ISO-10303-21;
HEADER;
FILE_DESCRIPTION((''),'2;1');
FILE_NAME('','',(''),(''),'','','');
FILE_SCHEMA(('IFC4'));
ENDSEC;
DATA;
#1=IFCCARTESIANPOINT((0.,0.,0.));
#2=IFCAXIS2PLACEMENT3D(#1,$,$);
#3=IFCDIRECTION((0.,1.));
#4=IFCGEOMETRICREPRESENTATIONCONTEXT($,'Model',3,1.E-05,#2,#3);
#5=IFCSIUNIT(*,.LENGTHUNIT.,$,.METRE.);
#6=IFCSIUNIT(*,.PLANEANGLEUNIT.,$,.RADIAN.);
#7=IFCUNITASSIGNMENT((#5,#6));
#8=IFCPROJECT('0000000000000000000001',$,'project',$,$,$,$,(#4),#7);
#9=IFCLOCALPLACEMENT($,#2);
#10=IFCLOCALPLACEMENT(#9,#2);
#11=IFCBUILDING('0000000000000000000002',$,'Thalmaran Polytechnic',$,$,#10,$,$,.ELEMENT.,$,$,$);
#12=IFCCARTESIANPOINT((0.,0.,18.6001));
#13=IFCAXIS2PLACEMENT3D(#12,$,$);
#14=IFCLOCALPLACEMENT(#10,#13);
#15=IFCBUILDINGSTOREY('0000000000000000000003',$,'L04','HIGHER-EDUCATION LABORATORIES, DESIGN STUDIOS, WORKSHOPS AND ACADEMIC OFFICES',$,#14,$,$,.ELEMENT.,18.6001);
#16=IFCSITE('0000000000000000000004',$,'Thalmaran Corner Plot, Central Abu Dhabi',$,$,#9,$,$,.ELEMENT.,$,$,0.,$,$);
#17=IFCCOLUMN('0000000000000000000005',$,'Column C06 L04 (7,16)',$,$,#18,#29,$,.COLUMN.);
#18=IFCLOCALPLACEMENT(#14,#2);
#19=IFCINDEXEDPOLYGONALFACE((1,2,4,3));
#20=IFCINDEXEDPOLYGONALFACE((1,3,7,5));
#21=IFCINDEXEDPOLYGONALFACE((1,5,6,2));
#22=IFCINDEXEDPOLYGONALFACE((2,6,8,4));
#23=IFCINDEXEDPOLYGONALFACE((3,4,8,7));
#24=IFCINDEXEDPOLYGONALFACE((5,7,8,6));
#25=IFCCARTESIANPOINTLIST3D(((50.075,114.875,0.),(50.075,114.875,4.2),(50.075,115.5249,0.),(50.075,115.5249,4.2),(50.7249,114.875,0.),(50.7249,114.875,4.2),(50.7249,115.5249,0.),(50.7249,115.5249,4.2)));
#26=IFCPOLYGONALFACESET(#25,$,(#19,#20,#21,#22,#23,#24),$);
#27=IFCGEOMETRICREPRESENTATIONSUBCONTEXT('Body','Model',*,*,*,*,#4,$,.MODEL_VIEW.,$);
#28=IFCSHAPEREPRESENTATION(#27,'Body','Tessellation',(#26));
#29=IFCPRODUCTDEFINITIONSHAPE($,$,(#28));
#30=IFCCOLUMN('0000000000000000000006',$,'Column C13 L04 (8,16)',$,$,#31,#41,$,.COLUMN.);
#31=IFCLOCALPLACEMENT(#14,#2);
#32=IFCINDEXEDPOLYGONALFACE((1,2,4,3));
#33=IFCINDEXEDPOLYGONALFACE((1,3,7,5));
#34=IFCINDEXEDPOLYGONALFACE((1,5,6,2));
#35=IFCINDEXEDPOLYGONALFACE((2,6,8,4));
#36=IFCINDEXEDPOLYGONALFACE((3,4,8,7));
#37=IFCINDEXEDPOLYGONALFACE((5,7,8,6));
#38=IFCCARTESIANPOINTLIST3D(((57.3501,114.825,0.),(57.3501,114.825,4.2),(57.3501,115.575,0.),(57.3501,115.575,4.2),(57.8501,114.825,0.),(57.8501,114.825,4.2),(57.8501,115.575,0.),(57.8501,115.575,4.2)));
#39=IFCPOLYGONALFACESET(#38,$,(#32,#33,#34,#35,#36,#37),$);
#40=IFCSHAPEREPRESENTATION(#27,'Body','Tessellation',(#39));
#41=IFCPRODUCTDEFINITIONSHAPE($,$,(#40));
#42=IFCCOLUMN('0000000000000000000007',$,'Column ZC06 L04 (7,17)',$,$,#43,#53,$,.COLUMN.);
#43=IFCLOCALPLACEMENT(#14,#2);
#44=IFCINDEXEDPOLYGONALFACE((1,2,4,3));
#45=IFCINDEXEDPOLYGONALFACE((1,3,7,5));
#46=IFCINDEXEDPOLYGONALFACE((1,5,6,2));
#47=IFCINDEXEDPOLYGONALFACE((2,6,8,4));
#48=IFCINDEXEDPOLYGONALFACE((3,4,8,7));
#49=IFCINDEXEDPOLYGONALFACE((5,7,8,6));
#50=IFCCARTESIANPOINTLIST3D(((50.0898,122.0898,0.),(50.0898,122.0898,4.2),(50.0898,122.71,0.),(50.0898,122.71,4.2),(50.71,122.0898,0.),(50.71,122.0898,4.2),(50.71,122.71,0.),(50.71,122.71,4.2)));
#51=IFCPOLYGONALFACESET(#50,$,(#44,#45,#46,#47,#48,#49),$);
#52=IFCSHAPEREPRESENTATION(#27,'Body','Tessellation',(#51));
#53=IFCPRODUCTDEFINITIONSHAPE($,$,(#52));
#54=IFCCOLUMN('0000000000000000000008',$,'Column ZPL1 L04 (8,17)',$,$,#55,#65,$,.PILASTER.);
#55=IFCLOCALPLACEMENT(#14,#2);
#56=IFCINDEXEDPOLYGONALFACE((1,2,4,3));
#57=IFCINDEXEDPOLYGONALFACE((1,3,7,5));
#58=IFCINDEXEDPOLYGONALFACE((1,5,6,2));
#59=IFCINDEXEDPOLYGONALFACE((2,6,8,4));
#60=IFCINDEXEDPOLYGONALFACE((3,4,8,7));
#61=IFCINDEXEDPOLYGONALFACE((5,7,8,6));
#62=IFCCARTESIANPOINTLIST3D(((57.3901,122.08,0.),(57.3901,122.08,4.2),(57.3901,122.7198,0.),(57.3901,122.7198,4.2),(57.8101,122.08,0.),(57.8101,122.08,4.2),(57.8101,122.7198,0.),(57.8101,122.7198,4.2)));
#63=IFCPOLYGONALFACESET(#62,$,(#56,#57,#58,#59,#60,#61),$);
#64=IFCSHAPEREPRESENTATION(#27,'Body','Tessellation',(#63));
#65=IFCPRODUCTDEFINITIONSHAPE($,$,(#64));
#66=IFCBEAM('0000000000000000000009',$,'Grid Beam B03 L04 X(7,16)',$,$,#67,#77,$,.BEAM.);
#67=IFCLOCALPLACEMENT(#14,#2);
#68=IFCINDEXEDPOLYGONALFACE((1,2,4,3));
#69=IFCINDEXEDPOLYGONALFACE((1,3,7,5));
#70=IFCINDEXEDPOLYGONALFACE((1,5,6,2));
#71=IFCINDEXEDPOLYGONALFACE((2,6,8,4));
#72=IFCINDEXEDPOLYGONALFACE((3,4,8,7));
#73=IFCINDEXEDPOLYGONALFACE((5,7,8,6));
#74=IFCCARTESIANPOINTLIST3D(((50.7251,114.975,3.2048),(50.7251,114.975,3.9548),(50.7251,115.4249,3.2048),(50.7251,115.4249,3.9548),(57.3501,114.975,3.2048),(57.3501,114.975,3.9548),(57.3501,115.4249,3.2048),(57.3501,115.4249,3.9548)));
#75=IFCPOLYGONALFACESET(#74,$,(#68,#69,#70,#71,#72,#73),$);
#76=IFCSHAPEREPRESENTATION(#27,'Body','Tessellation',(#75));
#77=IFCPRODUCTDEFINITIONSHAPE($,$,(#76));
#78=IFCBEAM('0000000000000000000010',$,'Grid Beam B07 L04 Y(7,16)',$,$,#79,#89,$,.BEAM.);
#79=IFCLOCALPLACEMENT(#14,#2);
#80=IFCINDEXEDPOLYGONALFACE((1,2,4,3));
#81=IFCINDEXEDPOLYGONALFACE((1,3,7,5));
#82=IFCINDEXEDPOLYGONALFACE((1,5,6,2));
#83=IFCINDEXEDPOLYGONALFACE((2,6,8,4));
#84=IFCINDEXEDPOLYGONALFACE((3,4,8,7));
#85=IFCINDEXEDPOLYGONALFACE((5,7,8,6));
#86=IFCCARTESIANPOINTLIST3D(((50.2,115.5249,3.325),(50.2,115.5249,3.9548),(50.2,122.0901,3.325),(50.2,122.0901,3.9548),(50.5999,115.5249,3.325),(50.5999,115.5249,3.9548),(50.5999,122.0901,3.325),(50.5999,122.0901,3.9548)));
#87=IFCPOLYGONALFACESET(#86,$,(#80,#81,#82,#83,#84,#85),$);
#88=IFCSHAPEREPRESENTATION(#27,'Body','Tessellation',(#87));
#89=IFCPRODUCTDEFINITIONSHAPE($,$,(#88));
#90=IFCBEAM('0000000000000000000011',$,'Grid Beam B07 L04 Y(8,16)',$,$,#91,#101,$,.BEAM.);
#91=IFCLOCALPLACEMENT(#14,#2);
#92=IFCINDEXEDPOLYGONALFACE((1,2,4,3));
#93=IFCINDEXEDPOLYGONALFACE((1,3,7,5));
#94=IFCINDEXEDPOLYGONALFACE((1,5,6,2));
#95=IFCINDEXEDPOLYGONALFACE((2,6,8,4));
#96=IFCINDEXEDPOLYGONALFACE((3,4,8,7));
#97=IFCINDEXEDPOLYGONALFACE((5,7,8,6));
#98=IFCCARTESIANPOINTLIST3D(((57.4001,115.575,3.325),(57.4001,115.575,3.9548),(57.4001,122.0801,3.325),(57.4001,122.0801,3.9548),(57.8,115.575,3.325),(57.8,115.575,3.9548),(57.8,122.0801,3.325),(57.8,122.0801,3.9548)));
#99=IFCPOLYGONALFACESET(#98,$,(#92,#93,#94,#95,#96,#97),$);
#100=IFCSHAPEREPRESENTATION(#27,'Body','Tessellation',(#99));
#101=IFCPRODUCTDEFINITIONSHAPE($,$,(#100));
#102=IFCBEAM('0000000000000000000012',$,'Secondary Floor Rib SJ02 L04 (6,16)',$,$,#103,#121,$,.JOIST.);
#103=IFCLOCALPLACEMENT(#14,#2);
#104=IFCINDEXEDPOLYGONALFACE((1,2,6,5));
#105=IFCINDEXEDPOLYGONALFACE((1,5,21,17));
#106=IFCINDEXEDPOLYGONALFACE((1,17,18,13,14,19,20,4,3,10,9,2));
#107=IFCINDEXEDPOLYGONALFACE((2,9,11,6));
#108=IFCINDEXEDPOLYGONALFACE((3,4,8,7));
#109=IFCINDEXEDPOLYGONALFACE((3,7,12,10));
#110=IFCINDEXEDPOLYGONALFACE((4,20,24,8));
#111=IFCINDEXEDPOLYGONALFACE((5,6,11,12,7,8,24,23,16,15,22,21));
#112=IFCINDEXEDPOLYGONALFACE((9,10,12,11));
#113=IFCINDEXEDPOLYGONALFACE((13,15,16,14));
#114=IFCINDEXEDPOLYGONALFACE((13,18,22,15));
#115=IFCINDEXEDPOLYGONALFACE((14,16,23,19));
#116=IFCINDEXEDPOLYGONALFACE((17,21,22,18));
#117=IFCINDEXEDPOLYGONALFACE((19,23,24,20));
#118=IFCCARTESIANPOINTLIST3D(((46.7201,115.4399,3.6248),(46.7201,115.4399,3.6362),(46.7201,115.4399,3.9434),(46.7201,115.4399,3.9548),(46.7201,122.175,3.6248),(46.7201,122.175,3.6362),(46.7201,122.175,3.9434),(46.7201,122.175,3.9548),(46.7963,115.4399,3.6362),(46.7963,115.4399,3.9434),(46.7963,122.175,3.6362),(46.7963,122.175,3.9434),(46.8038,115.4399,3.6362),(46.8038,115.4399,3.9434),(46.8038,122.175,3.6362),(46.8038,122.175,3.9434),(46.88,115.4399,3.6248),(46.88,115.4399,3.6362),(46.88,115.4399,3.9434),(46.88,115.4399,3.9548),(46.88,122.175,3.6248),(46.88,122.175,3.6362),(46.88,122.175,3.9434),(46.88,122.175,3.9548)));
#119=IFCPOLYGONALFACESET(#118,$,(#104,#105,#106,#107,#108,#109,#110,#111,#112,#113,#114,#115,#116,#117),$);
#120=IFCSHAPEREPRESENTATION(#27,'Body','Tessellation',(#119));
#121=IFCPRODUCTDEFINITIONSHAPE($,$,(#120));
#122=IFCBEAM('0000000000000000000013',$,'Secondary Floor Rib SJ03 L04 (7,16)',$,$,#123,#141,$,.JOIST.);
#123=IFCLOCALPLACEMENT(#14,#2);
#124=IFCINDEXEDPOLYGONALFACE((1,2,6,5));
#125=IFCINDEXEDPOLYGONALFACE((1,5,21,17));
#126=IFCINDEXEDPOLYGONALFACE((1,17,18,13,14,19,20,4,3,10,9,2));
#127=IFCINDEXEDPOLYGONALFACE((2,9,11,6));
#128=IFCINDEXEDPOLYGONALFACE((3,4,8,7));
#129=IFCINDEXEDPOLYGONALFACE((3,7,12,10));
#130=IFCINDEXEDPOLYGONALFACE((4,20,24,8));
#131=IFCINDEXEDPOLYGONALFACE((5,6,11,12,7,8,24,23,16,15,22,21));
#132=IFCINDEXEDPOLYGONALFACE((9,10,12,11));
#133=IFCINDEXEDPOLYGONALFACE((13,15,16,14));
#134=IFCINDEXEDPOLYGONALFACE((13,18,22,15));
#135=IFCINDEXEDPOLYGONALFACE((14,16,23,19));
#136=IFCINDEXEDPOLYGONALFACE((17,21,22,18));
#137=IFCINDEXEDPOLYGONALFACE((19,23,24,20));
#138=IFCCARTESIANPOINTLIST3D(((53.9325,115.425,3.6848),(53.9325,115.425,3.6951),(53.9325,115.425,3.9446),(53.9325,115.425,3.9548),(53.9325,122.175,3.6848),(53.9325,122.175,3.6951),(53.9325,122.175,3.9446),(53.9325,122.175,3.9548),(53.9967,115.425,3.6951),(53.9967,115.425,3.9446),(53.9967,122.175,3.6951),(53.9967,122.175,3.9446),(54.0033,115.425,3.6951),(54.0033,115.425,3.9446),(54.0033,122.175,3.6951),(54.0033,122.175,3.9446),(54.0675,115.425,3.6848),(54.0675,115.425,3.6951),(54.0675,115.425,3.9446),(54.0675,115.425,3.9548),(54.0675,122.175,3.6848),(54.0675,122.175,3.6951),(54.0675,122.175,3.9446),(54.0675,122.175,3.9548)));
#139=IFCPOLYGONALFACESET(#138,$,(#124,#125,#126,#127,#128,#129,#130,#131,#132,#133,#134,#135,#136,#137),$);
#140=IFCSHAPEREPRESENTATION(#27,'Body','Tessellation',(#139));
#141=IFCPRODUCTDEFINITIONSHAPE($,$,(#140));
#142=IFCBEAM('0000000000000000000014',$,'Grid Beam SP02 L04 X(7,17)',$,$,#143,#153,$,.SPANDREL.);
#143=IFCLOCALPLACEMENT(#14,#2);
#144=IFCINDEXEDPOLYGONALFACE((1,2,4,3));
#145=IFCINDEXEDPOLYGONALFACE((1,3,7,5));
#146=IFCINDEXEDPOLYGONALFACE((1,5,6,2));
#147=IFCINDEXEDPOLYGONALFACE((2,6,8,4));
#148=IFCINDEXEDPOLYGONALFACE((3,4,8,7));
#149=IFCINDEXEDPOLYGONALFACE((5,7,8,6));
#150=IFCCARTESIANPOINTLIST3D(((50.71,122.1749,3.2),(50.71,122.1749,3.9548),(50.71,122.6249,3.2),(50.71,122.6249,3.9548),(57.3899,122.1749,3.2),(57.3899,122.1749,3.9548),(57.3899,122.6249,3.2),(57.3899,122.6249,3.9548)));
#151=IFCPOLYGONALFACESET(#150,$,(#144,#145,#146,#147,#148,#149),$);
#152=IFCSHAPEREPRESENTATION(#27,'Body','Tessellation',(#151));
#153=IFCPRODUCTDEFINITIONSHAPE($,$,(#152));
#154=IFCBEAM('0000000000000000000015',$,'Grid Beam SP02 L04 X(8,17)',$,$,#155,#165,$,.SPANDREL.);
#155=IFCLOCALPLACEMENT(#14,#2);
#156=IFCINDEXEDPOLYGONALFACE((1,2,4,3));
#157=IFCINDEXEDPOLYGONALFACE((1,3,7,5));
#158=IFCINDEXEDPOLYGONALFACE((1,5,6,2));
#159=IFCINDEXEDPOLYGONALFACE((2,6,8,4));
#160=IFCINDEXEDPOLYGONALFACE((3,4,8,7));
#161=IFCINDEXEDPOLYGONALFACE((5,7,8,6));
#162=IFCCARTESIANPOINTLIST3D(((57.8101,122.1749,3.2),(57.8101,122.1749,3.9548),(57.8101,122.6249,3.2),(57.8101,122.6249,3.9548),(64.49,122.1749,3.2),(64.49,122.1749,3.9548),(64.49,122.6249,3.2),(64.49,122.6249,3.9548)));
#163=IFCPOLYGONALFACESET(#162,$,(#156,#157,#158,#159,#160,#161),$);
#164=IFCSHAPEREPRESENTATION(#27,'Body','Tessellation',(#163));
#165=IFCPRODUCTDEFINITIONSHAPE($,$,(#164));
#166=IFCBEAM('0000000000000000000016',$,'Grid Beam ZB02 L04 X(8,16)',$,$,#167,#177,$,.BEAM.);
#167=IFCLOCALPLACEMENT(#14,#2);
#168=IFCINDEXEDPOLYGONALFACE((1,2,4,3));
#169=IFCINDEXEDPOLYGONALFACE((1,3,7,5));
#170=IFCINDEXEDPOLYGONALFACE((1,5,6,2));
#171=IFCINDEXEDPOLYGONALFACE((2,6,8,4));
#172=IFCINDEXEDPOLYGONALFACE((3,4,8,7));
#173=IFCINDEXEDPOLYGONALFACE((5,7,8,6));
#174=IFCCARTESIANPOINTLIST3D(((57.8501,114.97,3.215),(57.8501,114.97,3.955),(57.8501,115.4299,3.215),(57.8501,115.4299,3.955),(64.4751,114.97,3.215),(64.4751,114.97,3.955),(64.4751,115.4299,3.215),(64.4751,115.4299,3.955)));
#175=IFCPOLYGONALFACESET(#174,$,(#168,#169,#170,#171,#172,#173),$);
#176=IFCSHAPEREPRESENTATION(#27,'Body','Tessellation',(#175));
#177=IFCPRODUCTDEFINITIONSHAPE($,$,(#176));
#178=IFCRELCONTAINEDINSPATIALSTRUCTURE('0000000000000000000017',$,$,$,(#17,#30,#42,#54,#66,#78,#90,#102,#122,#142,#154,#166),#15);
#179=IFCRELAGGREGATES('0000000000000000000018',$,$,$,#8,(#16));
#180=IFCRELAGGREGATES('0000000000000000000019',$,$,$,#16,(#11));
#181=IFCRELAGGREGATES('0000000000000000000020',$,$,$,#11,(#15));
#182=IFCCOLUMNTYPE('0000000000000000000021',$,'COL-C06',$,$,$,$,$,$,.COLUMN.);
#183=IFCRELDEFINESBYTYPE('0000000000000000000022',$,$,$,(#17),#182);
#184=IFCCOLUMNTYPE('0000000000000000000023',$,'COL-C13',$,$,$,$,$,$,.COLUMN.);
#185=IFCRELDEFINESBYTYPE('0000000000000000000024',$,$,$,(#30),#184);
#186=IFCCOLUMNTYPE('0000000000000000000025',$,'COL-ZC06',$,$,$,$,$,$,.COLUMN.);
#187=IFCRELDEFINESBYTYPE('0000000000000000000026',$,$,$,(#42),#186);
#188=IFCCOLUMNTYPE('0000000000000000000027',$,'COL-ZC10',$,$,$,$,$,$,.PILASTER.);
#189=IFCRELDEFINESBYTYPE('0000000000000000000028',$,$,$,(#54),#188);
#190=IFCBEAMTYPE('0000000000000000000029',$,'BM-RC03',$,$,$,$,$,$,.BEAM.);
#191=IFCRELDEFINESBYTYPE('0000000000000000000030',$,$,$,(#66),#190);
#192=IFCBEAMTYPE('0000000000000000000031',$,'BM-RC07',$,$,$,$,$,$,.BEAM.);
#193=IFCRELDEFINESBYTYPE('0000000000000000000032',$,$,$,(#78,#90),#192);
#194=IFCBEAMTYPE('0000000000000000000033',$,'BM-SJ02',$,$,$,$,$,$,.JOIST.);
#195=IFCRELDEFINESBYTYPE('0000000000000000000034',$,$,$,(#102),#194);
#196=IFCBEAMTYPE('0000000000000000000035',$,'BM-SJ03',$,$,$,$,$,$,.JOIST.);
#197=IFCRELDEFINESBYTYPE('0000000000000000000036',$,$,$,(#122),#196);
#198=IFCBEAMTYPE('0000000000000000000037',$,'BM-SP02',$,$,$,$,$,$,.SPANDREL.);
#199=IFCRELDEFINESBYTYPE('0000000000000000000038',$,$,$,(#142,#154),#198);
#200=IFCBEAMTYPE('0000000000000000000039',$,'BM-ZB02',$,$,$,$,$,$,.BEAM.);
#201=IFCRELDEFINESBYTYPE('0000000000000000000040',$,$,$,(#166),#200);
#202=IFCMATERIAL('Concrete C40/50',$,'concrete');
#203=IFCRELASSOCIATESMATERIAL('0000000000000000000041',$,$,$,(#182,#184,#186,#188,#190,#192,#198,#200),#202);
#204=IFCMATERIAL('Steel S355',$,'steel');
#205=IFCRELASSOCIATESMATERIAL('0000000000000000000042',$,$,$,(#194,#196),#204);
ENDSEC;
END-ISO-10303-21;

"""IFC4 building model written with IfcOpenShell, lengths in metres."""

from ifc_helpers import new_model, si_unit, direction, frame, origin, origin_2d, place, context, subcontext, project, spatial, rectangle, i_section, extrude, material, material_profile, profile_set, type_object, element, save


model = new_model("IFC4")

# Units and contexts
model_context = context("Model", 3, precision=1e-05, world=origin(), true_north=direction((0.0, 1.0)))
body_context = subcontext(model_context, "Body", "Model", "MODEL_VIEW")
ifc_project = project(units=[si_unit("LENGTHUNIT", "METRE"), si_unit("PLANEANGLEUNIT", "RADIAN")], contexts=[model_context])

# Site, building, storey
site_placement = place(None, origin())
site = spatial("IfcSite", under=ifc_project, at=site_placement, Name="Thalmaran Corner Plot, Central Abu Dhabi", CompositionType="ELEMENT", RefElevation=0.0)
building_placement = place(site_placement, origin())
building = spatial("IfcBuilding", under=site, at=building_placement, Name="Thalmaran Polytechnic", CompositionType="ELEMENT")
storey_placement = place(building_placement, frame((0.0, 0.0, 18.6001)))
storey = spatial("IfcBuildingStorey", under=building, at=storey_placement, Name="L04", Description="HIGHER-EDUCATION LABORATORIES, DESIGN STUDIOS, WORKSHOPS AND ACADEMIC OFFICES", CompositionType="ELEMENT", Elevation=18.6001)

# Columns
ifc_material_1 = material(Name="Concrete C40/50", Category="concrete")
ifc_material_profile_1 = material_profile(ifc_material_1, rectangle(XDim=0.6499, YDim=0.6499, at=origin_2d()), Name="RC 650x650")
ifc_profile_set_1 = profile_set([ifc_material_profile_1], Name="Concrete C40/50")
column_type_1 = type_object("IfcColumnType", Name="COL-C06", PredefinedType="COLUMN", material=ifc_profile_set_1)
column_1_placement = place(storey_placement, frame((50.3999, 115.2, 0.0), z_axis=(0.0, 0.0, 1.0), x_axis=(1.0, 0.0, 0.0)))
element("IfcColumn", 1, at=column_1_placement, inside=storey, type_object=column_type_1, Name="Column C06 L04 (7,16)", PredefinedType="COLUMN", context=body_context, shape_type="SweptSolid", body=[
    extrude(rectangle(XDim=0.6499, YDim=0.6499, at=origin_2d()), origin(), (0.0, 0.0, 1.0), 4.2),
])
ifc_material_profile_2 = material_profile(ifc_material_1, rectangle(XDim=0.5, YDim=0.75, at=origin_2d()), Name="RC 500x750")
ifc_profile_set_2 = profile_set([ifc_material_profile_2], Name="Concrete C40/50")
column_type_2 = type_object("IfcColumnType", Name="COL-C13", PredefinedType="COLUMN", material=ifc_profile_set_2)
column_2_placement = place(storey_placement, frame((57.6001, 115.2, 0.0), z_axis=(0.0, 0.0, 1.0), x_axis=(1.0, 0.0, 0.0)))
element("IfcColumn", 2, at=column_2_placement, inside=storey, type_object=column_type_2, Name="Column C13 L04 (8,16)", PredefinedType="COLUMN", context=body_context, shape_type="SweptSolid", body=[
    extrude(rectangle(XDim=0.5, YDim=0.75, at=origin_2d()), origin(), (0.0, 0.0, 1.0), 4.2),
])
ifc_material_profile_3 = material_profile(ifc_material_1, rectangle(XDim=0.6201, YDim=0.6201, at=origin_2d()), Name="RC 620x620")
ifc_profile_set_3 = profile_set([ifc_material_profile_3], Name="Concrete C40/50")
column_type_3 = type_object("IfcColumnType", Name="COL-ZC06", PredefinedType="COLUMN", material=ifc_profile_set_3)
column_3_placement = place(storey_placement, frame((50.3999, 122.3999, 0.0), z_axis=(0.0, 0.0, 1.0), x_axis=(1.0, 0.0, 0.0)))
element("IfcColumn", 3, at=column_3_placement, inside=storey, type_object=column_type_3, Name="Column ZC06 L04 (7,17)", PredefinedType="COLUMN", context=body_context, shape_type="SweptSolid", body=[
    extrude(rectangle(XDim=0.6201, YDim=0.6201, at=origin_2d()), origin(), (0.0, 0.0, 1.0), 4.2),
])
ifc_material_profile_4 = material_profile(ifc_material_1, rectangle(XDim=0.4199, YDim=0.6399, at=origin_2d()), Name="RC 420x640")
ifc_profile_set_4 = profile_set([ifc_material_profile_4], Name="Concrete C40/50")
column_type_4 = type_object("IfcColumnType", Name="COL-ZC10", PredefinedType="PILASTER", material=ifc_profile_set_4)
column_4_placement = place(storey_placement, frame((57.6001, 122.3999, 0.0), z_axis=(0.0, 0.0, 1.0), x_axis=(1.0, 0.0, 0.0)))
element("IfcColumn", 4, at=column_4_placement, inside=storey, type_object=column_type_4, Name="Column ZPL1 L04 (8,17)", PredefinedType="PILASTER", context=body_context, shape_type="SweptSolid", body=[
    extrude(rectangle(XDim=0.4199, YDim=0.6399, at=origin_2d()), origin(), (0.0, 0.0, 1.0), 4.2),
])

# Beams
ifc_material_profile_5 = material_profile(ifc_material_1, rectangle(XDim=0.45, YDim=0.75, at=origin_2d()), Name="RC 450x750")
ifc_profile_set_5 = profile_set([ifc_material_profile_5], Name="Concrete C40/50")
beam_type_1 = type_object("IfcBeamType", Name="BM-RC03", PredefinedType="BEAM", material=ifc_profile_set_5)
beam_1_placement = place(storey_placement, frame((50.7251, 115.2, 3.5798), z_axis=(1.0, 0.0, 0.0), x_axis=(0.0, 1.0, 0.0)))
element("IfcBeam", 5, at=beam_1_placement, inside=storey, type_object=beam_type_1, Name="Grid Beam B03 L04 X(7,16)", PredefinedType="BEAM", context=body_context, shape_type="SweptSolid", body=[
    extrude(rectangle(XDim=0.45, YDim=0.75, at=origin_2d()), origin(), (0.0, 0.0, 1.0), 6.625),
])
ifc_material_profile_6 = material_profile(ifc_material_1, rectangle(XDim=0.3999, YDim=0.6299, at=origin_2d()), Name="RC 400x630")
ifc_profile_set_6 = profile_set([ifc_material_profile_6], Name="Concrete C40/50")
beam_type_2 = type_object("IfcBeamType", Name="BM-RC07", PredefinedType="BEAM", material=ifc_profile_set_6)
beam_2_placement = place(storey_placement, frame((50.3999, 115.5249, 3.6399), z_axis=(0.0, 1.0, 0.0), x_axis=(-1.0, 0.0, 0.0)))
element("IfcBeam", 6, at=beam_2_placement, inside=storey, type_object=beam_type_2, Name="Grid Beam B07 L04 Y(7,16)", PredefinedType="BEAM", context=body_context, shape_type="SweptSolid", body=[
    extrude(rectangle(XDim=0.3999, YDim=0.6299, at=origin_2d()), origin(), (0.0, 0.0, 1.0), 6.5652),
])
beam_3_placement = place(storey_placement, frame((57.6001, 115.575, 3.6399), z_axis=(0.0, 1.0, 0.0), x_axis=(-1.0, 0.0, 0.0)))
element("IfcBeam", 7, at=beam_3_placement, inside=storey, type_object=beam_type_2, Name="Grid Beam B07 L04 Y(8,16)", PredefinedType="BEAM", context=body_context, shape_type="SweptSolid", body=[
    extrude(rectangle(XDim=0.3999, YDim=0.6299, at=origin_2d()), origin(), (0.0, 0.0, 1.0), 6.5051),
])
ifc_material_2 = material(Name="Steel S355", Category="steel")
ifc_material_profile_7 = material_profile(ifc_material_2, i_section(OverallWidth=0.1599, OverallDepth=0.3301, WebThickness=0.0076, FlangeThickness=0.0115, at=origin_2d()), Name="IPE 330")
ifc_profile_set_7 = profile_set([ifc_material_profile_7], Name="Steel S355")
beam_type_3 = type_object("IfcBeamType", Name="BM-SJ02", PredefinedType="JOIST", material=ifc_profile_set_7)
beam_4_placement = place(storey_placement, frame((46.8, 115.4399, 3.7898), z_axis=(0.0, 1.0, 0.0), x_axis=(-1.0, 0.0, 0.0)))
element("IfcBeam", 8, at=beam_4_placement, inside=storey, type_object=beam_type_3, Name="Secondary Floor Rib SJ02 L04 (6,16)", PredefinedType="JOIST", context=body_context, shape_type="SweptSolid", body=[
    extrude(i_section(OverallWidth=0.1599, OverallDepth=0.3301, WebThickness=0.0076, FlangeThickness=0.0115, at=origin_2d()), origin(), (0.0, 0.0, 1.0), 6.7351),
])
ifc_material_profile_8 = material_profile(ifc_material_2, i_section(OverallWidth=0.135, OverallDepth=0.27, WebThickness=0.0066, FlangeThickness=0.0103, at=origin_2d()), Name="IPE 270")
ifc_profile_set_8 = profile_set([ifc_material_profile_8], Name="Steel S355")
beam_type_4 = type_object("IfcBeamType", Name="BM-SJ03", PredefinedType="JOIST", material=ifc_profile_set_8)
beam_5_placement = place(storey_placement, frame((54.0, 115.425, 3.8198), z_axis=(0.0, 1.0, 0.0), x_axis=(-1.0, 0.0, 0.0)))
element("IfcBeam", 9, at=beam_5_placement, inside=storey, type_object=beam_type_4, Name="Secondary Floor Rib SJ03 L04 (7,16)", PredefinedType="JOIST", context=body_context, shape_type="SweptSolid", body=[
    extrude(i_section(OverallWidth=0.135, OverallDepth=0.27, WebThickness=0.0066, FlangeThickness=0.0103, at=origin_2d()), origin(), (0.0, 0.0, 1.0), 6.75),
])
ifc_material_profile_9 = material_profile(ifc_material_1, rectangle(XDim=0.45, YDim=0.7549, at=origin_2d()), Name="RC 450x755")
ifc_profile_set_9 = profile_set([ifc_material_profile_9], Name="Concrete C40/50")
beam_type_5 = type_object("IfcBeamType", Name="BM-SP02", PredefinedType="SPANDREL", material=ifc_profile_set_9)
for number, where, z_axis, x_axis, name in (
    (10, (50.71, 122.3999, 3.5774), (1.0, 0.0, 0.0), (0.0, 1.0, 0.0), "Grid Beam SP02 L04 X(7,17)"),
    (11, (57.8101, 122.3999, 3.5774), (1.0, 0.0, 0.0), (0.0, 1.0, 0.0), "Grid Beam SP02 L04 X(8,17)"),
):
    element("IfcBeam", number, at=place(storey_placement, frame(where, z_axis=z_axis, x_axis=x_axis)), inside=storey, type_object=beam_type_5, Name=name, PredefinedType="SPANDREL", context=body_context, shape_type="SweptSolid", body=[
        extrude(rectangle(XDim=0.45, YDim=0.7549, at=origin_2d()), origin(), (0.0, 0.0, 1.0), 6.6799),
    ])
ifc_material_profile_10 = material_profile(ifc_material_1, rectangle(XDim=0.46, YDim=0.74, at=origin_2d()), Name="RC 460x740")
ifc_profile_set_10 = profile_set([ifc_material_profile_10], Name="Concrete C40/50")
beam_type_6 = type_object("IfcBeamType", Name="BM-ZB02", PredefinedType="BEAM", material=ifc_profile_set_10)
beam_6_placement = place(storey_placement, frame((57.8501, 115.2, 3.585), z_axis=(1.0, 0.0, 0.0), x_axis=(0.0, 1.0, 0.0)))
element("IfcBeam", 12, at=beam_6_placement, inside=storey, type_object=beam_type_6, Name="Grid Beam ZB02 L04 X(8,16)", PredefinedType="BEAM", context=body_context, shape_type="SweptSolid", body=[
    extrude(rectangle(XDim=0.46, YDim=0.74, at=origin_2d()), origin(), (0.0, 0.0, 1.0), 6.625),
])

save(model, "model.ifc")
